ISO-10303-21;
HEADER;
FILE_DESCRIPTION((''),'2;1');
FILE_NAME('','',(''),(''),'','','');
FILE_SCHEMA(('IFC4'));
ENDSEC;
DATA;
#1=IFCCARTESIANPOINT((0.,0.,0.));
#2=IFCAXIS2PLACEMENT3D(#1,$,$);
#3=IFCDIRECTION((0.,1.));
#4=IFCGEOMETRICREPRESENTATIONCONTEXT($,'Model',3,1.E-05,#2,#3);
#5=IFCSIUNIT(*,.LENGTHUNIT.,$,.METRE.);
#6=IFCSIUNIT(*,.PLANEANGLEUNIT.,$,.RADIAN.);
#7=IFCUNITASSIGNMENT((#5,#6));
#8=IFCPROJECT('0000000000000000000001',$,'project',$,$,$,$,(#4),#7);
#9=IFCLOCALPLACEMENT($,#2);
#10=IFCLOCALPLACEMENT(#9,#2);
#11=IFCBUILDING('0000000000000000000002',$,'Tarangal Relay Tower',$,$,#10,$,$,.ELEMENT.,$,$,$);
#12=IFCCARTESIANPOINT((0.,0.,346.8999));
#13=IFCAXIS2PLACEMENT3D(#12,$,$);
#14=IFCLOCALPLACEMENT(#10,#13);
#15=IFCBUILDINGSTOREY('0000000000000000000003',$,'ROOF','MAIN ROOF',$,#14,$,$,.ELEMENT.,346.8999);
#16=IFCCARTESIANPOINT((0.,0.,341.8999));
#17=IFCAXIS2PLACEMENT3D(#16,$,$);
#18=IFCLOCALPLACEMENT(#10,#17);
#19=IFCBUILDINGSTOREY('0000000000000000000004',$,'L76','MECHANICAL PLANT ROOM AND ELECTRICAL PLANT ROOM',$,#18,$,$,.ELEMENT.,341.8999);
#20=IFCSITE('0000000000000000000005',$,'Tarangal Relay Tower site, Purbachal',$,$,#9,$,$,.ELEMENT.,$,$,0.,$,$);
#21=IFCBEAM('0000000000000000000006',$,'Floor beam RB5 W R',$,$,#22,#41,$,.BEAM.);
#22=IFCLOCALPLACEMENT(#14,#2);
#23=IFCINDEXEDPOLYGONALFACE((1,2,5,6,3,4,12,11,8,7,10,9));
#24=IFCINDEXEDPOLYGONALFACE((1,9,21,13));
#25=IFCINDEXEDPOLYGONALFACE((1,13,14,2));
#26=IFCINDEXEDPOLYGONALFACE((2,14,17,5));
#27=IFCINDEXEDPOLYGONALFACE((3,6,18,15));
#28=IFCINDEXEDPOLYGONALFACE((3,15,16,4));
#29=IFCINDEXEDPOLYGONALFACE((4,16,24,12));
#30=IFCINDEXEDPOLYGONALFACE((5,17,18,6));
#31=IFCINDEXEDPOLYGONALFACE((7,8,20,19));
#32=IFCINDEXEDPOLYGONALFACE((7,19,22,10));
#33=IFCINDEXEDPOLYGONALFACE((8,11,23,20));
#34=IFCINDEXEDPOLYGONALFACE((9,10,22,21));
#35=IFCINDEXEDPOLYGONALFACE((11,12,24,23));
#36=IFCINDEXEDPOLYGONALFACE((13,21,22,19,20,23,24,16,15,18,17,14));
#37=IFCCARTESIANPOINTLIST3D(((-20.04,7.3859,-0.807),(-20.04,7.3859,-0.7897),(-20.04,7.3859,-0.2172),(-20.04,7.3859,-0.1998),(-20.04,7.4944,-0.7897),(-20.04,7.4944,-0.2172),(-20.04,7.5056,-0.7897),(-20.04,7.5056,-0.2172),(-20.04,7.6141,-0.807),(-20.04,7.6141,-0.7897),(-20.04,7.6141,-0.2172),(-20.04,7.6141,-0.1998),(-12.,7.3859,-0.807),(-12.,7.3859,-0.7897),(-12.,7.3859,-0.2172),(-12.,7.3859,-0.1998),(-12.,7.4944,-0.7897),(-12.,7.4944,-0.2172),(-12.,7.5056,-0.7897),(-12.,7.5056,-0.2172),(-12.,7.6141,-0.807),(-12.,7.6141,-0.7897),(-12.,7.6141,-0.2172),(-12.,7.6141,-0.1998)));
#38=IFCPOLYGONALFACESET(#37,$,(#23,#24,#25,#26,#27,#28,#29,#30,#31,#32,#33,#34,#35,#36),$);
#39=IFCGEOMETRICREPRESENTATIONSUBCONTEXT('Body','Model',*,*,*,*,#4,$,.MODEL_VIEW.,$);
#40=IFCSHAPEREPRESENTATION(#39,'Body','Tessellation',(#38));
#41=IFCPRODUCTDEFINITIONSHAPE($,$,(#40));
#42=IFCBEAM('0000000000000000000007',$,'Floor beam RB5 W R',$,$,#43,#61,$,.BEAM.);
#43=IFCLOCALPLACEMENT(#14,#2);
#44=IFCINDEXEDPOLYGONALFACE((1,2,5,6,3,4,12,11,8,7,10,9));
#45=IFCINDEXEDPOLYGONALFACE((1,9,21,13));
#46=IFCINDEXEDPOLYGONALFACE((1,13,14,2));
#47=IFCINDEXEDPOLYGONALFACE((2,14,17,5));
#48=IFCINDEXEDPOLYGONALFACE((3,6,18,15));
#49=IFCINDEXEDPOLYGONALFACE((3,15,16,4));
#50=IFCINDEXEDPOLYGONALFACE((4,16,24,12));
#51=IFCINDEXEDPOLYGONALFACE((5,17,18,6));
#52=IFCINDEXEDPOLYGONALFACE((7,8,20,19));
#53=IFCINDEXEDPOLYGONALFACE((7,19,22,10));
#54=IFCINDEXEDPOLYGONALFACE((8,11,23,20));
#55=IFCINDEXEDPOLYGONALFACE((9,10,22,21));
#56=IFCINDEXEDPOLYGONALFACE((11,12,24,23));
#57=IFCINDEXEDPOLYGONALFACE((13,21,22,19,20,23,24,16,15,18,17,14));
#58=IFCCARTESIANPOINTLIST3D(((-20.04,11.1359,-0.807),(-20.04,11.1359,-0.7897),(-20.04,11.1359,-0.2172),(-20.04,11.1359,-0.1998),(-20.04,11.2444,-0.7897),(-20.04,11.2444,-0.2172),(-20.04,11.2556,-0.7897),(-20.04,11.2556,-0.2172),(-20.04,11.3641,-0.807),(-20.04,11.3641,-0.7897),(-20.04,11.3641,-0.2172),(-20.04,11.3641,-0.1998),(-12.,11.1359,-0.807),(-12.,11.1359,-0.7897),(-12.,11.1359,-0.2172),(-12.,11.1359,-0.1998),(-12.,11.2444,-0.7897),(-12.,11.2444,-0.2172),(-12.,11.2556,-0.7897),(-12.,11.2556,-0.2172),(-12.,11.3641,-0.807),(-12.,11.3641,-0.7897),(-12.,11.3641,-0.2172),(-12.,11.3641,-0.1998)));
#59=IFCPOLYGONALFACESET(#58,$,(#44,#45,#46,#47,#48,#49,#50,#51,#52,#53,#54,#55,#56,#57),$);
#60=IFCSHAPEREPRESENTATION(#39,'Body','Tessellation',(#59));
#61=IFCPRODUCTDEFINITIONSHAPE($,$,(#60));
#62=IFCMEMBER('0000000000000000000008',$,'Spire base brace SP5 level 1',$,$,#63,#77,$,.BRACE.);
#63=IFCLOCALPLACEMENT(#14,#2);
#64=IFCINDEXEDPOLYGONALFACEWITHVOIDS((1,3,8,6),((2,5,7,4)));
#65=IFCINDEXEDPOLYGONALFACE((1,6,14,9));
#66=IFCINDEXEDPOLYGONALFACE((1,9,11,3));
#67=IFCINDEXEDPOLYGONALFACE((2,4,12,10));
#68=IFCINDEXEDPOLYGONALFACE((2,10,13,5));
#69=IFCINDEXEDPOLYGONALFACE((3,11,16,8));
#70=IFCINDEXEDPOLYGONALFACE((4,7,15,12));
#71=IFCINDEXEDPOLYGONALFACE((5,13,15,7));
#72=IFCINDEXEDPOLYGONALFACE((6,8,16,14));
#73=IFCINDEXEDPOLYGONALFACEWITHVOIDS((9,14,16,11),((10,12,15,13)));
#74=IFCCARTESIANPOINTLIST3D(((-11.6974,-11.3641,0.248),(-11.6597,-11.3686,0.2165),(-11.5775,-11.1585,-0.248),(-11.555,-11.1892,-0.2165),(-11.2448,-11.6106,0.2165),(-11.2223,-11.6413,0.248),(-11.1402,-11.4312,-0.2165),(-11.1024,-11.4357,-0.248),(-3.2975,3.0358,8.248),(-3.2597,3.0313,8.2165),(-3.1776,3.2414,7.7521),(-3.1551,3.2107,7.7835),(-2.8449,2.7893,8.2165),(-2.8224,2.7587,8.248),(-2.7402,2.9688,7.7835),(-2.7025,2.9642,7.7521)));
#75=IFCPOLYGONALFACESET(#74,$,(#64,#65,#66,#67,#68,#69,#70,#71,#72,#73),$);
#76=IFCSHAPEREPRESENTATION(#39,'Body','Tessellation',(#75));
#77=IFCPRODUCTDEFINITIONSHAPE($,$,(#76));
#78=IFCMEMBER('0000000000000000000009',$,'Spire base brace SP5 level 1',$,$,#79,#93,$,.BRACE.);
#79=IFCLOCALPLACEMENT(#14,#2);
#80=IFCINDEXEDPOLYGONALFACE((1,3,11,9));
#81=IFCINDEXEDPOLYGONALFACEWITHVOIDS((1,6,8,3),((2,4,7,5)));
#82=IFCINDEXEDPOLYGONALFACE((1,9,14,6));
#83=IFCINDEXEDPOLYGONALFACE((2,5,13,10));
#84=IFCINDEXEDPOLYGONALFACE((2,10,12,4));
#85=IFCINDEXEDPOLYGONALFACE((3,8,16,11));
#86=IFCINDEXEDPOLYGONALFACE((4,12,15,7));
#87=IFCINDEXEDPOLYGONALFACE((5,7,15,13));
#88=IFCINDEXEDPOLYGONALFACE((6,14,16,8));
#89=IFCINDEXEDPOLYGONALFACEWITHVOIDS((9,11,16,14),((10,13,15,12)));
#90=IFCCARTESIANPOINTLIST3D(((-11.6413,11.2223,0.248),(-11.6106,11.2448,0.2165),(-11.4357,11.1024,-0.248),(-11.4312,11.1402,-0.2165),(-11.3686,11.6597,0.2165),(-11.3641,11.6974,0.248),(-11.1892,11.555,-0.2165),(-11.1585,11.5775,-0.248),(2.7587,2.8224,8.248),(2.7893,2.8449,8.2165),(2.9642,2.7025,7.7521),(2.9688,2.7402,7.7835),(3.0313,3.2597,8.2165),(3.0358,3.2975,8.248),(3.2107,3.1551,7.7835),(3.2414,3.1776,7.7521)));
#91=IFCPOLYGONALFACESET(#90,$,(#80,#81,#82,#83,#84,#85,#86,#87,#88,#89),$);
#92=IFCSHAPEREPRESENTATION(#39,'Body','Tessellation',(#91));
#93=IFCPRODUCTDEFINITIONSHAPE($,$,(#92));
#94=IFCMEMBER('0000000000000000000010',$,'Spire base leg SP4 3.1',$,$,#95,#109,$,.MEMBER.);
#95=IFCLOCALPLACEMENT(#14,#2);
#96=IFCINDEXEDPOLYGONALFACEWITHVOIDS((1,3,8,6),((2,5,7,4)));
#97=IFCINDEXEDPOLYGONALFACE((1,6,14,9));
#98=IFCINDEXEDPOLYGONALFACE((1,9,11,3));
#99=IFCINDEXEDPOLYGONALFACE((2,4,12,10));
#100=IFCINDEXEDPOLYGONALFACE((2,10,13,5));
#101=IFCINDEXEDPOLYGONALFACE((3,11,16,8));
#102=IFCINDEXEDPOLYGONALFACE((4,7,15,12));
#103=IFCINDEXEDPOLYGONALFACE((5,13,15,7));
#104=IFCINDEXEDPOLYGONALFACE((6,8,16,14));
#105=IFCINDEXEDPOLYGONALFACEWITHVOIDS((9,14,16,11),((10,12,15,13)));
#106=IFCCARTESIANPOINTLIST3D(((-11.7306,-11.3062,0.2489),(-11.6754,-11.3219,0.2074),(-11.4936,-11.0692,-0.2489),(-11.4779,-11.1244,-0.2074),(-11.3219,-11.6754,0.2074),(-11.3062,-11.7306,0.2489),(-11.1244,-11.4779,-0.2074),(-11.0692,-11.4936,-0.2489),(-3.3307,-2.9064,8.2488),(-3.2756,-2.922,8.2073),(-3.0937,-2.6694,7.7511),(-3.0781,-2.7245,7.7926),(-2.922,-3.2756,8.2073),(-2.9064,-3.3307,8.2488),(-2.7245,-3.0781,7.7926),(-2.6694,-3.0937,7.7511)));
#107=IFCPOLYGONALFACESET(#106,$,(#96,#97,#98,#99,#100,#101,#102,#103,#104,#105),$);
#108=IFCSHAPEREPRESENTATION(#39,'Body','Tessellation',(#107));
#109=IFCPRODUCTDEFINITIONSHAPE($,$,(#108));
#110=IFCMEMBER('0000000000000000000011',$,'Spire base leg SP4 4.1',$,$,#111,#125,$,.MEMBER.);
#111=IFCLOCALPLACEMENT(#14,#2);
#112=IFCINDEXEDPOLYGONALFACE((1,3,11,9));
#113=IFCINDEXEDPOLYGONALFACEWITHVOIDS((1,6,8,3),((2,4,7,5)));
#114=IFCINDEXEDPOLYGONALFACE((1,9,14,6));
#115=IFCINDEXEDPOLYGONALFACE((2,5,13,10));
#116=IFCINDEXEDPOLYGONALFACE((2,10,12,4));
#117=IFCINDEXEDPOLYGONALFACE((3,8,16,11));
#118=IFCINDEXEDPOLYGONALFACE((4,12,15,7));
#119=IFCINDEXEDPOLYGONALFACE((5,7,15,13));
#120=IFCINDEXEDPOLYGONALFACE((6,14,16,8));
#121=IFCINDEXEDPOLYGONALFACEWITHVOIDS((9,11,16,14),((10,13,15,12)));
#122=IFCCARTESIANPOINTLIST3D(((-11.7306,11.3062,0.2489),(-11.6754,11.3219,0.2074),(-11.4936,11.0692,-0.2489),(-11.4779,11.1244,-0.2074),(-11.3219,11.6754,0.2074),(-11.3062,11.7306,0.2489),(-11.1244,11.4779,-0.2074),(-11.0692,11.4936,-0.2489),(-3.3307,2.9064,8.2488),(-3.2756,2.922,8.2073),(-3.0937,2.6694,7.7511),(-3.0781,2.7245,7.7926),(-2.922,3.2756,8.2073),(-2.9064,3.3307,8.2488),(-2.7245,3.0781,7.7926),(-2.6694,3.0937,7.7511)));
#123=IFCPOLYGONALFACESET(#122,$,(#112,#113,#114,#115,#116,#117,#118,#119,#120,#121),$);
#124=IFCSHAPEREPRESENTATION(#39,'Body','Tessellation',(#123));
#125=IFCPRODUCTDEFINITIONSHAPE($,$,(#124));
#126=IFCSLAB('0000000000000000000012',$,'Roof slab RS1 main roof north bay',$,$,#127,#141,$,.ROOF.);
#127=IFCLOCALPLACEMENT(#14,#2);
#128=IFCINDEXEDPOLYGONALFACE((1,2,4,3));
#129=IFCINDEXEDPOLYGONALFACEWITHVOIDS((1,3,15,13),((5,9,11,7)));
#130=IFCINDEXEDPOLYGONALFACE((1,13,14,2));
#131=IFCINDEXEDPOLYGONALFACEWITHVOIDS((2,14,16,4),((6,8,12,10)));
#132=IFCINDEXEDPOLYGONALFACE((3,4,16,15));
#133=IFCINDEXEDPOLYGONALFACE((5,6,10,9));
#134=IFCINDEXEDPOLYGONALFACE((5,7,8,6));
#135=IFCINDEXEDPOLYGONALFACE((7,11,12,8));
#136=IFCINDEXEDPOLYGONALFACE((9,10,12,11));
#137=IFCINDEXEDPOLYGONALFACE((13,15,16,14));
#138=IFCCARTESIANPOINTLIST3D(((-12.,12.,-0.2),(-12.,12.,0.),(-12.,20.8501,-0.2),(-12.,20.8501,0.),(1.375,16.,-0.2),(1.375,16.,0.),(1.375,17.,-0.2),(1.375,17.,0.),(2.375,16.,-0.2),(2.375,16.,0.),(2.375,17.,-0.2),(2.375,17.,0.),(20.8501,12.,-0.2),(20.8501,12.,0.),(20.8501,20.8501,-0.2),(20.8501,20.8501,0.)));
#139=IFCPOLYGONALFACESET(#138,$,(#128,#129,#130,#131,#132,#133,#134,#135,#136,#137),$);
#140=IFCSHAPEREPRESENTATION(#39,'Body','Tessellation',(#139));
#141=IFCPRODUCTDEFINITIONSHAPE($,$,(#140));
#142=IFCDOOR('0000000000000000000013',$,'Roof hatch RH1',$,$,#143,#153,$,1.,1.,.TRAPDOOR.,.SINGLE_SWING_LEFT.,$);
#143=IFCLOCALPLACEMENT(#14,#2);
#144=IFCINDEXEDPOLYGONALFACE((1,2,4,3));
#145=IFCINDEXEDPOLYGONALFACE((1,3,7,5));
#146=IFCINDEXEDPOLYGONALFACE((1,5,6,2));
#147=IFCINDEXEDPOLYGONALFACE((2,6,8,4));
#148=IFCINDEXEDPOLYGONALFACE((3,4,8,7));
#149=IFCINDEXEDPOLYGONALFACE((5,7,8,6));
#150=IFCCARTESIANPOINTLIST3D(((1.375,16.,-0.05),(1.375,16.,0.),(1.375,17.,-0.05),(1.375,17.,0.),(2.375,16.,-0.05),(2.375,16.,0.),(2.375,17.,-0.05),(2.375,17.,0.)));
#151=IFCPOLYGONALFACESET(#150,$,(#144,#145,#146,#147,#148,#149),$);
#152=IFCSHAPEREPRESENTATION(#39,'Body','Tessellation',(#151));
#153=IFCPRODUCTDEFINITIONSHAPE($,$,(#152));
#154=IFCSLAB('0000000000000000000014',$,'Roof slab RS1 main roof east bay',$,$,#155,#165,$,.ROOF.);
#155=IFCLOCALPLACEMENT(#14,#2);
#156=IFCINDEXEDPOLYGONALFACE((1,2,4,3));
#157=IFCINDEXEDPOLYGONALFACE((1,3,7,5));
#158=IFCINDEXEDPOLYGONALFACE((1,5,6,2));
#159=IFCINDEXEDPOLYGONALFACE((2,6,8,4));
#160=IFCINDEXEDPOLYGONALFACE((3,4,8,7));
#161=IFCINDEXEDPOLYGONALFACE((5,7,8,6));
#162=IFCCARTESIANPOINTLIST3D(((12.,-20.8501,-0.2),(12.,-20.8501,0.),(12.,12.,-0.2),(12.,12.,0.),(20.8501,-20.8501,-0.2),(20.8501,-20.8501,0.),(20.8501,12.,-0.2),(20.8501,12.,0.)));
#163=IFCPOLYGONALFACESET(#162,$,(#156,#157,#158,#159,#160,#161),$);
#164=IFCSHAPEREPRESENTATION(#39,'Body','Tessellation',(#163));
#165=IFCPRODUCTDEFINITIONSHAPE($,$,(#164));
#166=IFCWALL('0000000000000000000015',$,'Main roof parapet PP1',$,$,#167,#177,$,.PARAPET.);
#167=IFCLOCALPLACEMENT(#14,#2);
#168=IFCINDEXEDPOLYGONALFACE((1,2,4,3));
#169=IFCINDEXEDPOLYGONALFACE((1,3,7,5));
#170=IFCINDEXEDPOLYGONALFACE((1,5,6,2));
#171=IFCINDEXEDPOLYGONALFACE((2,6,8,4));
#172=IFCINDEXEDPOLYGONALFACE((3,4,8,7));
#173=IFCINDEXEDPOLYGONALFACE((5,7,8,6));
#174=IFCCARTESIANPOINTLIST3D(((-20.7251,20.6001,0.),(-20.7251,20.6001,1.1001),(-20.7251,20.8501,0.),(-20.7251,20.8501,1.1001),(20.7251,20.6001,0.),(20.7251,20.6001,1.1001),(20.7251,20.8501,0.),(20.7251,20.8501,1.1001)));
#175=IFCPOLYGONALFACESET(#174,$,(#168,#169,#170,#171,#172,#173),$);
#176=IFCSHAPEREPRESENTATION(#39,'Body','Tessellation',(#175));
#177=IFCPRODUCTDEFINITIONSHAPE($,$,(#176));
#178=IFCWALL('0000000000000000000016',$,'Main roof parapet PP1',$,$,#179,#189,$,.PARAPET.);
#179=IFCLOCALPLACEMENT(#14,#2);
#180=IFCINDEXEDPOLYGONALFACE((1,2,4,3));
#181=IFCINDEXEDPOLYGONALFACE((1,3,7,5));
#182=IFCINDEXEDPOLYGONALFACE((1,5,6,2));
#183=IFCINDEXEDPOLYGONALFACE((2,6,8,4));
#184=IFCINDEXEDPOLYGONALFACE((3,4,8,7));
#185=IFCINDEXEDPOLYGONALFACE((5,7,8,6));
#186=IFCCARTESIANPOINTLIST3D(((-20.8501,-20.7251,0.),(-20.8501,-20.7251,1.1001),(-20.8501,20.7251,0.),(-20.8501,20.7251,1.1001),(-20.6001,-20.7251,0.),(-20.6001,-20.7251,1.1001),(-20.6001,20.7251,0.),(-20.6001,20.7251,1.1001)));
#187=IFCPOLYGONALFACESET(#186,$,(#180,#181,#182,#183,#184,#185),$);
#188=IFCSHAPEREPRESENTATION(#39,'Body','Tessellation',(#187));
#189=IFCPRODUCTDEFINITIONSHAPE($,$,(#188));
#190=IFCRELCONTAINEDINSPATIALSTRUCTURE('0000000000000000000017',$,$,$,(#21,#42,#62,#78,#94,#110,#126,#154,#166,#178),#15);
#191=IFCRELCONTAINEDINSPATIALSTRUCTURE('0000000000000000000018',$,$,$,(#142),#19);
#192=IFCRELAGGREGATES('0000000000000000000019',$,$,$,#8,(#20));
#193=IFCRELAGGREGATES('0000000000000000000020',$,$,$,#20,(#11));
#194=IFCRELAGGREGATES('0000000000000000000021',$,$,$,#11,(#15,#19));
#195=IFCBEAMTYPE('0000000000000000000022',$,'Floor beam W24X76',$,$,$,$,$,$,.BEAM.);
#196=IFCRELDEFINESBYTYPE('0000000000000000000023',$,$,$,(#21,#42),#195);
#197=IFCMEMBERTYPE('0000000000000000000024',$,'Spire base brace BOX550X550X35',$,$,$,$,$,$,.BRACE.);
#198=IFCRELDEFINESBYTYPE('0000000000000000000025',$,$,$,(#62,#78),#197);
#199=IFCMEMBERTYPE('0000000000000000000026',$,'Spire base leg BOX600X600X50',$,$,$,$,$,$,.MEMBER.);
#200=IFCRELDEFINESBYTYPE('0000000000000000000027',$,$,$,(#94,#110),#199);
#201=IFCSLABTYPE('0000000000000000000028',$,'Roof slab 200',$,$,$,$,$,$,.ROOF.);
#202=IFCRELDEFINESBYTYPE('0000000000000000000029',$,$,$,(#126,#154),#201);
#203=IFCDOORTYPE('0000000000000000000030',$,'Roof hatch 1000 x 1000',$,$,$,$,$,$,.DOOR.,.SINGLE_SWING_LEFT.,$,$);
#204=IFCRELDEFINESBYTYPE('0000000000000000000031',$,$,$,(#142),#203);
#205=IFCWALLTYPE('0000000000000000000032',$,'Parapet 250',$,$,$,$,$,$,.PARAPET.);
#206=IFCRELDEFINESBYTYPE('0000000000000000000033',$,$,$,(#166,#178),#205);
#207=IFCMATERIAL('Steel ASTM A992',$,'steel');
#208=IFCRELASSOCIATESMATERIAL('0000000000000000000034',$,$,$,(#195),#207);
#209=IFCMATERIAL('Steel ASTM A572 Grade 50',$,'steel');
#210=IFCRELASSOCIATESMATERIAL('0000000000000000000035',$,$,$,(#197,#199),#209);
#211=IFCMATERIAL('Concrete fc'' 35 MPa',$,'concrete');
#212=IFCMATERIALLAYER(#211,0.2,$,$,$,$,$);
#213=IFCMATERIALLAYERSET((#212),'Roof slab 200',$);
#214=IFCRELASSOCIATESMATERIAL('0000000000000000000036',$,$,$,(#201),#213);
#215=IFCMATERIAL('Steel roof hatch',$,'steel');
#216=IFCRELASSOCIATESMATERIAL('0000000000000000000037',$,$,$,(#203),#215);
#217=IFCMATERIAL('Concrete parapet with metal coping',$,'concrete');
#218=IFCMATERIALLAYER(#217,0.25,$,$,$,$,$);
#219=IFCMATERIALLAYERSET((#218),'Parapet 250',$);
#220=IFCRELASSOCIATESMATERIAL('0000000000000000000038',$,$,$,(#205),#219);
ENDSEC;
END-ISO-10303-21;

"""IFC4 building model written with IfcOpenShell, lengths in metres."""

from ifc_helpers import new_model, si_unit, direction, frame, frame_2d, origin, origin_2d, place, context, subcontext, project, spatial, polyline, rectangle, hollow_rectangle, i_section, outline, extrude, material, layer, layer_set, material_profile, profile_set, type_object, element, fill, save


model = new_model("IFC4")

# Units and contexts
model_context = context("Model", 3, precision=1e-05, world=origin(), true_north=direction((0.0, 1.0)))
body_context = subcontext(model_context, "Body", "Model", "MODEL_VIEW")
ifc_project = project(units=[si_unit("LENGTHUNIT", "METRE"), si_unit("PLANEANGLEUNIT", "RADIAN")], contexts=[model_context])

# Site, building, storey
site_placement = place(None, origin())
site = spatial("IfcSite", under=ifc_project, at=site_placement, Name="Tarangal Relay Tower site, Purbachal", CompositionType="ELEMENT", RefElevation=0.0)
building_placement = place(site_placement, origin())
building = spatial("IfcBuilding", under=site, at=building_placement, Name="Tarangal Relay Tower", CompositionType="ELEMENT")
storey_1_placement = place(building_placement, frame((0.0, 0.0, 346.8999)))
storey_1 = spatial("IfcBuildingStorey", under=building, at=storey_1_placement, Name="ROOF", Description="MAIN ROOF", CompositionType="ELEMENT", Elevation=346.8999)

# Beams
ifc_material_1 = material(Name="Steel ASTM A992", Category="steel")
ifc_material_profile_1 = material_profile(ifc_material_1, i_section(OverallWidth=0.2283, OverallDepth=0.6072, WebThickness=0.0112, FlangeThickness=0.0173, at=origin_2d()), Name="W24X76")
ifc_profile_set_1 = profile_set([ifc_material_profile_1], Name="Steel ASTM A992")
beam_type_1 = type_object("IfcBeamType", Name="Floor beam W24X76", PredefinedType="BEAM", material=ifc_profile_set_1)
for number, where, z_axis, x_axis, name in (
    (1, (-12.0, 7.5, -0.5034), (-1.0, 0.0, 0.0), (0.0, -1.0, 0.0), "Floor beam RB5 W R"),
    (2, (-12.0, 11.25, -0.5034), (-1.0, 0.0, 0.0), (0.0, -1.0, 0.0), "Floor beam RB5 W R"),
):
    element("IfcBeam", number, at=place(storey_1_placement, frame(where, z_axis=z_axis, x_axis=x_axis)), inside=storey_1, type_object=beam_type_1, Name=name, PredefinedType="BEAM", context=body_context, shape_type="SweptSolid", body=[
        extrude(i_section(OverallWidth=0.2283, OverallDepth=0.6072, WebThickness=0.0112, FlangeThickness=0.0173, at=origin_2d()), origin(), (0.0, 0.0, 1.0), 8.04),
    ])

# Members
ifc_material_2 = material(Name="Steel ASTM A572 Grade 50", Category="steel")
ifc_material_profile_2 = material_profile(ifc_material_2, hollow_rectangle(XDim=0.55, YDim=0.55, WallThickness=0.0349, at=origin_2d()), Name="BOX550X550X35")
ifc_profile_set_2 = profile_set([ifc_material_profile_2], Name="Steel ASTM A572 Grade 50")
member_type_1 = type_object("IfcMemberType", Name="Spire base brace BOX550X550X35", PredefinedType="BRACE", material=ifc_profile_set_2)
for number, where, z_axis, x_axis, name in (
    (3, (-11.3999, -11.3999, 0.0), (0.454271, 0.778754, 0.432644), (-0.86378, 0.503869, 0.0), "Spire base brace SP5 level 1"),
    (4, (-11.3999, 11.3999, 0.0), (0.778754, -0.454271, 0.432644), (0.503869, 0.86378, 0.0), "Spire base brace SP5 level 1"),
):
    element("IfcMember", number, at=place(storey_1_placement, frame(where, z_axis=z_axis, x_axis=x_axis)), inside=storey_1, type_object=member_type_1, Name=name, PredefinedType="BRACE", context=body_context, shape_type="SweptSolid", body=[
        extrude(hollow_rectangle(XDim=0.55, YDim=0.55, WallThickness=0.0349, at=origin_2d()), origin(), (0.0, 0.0, 1.0), 18.491),
    ])
ifc_material_profile_3 = material_profile(ifc_material_2, hollow_rectangle(XDim=0.6001, YDim=0.6001, WallThickness=0.05, at=origin_2d()), Name="BOX600X600X50")
ifc_profile_set_3 = profile_set([ifc_material_profile_3], Name="Steel ASTM A572 Grade 50")
member_type_2 = type_object("IfcMemberType", Name="Spire base leg BOX600X600X50", PredefinedType="MEMBER", material=ifc_profile_set_3)
for number, where, z_axis, x_axis, name in (
    (5, (-11.3999, -11.3999, 0.0), (0.586508, 0.586508, 0.558585), (-0.707107, 0.707107, 0.0), "Spire base leg SP4 3.1"),
    (6, (-11.3999, 11.3999, 0.0), (0.586508, -0.586508, 0.558585), (0.707107, 0.707107, 0.0), "Spire base leg SP4 4.1"),
):
    element("IfcMember", number, at=place(storey_1_placement, frame(where, z_axis=z_axis, x_axis=x_axis)), inside=storey_1, type_object=member_type_2, Name=name, PredefinedType="MEMBER", context=body_context, shape_type="SweptSolid", body=[
        extrude(hollow_rectangle(XDim=0.6001, YDim=0.6001, WallThickness=0.05, at=origin_2d()), origin(), (0.0, 0.0, 1.0), 14.3218),
    ])

# Slab, opening
ifc_material_3 = material(Name="Concrete fc' 35 MPa", Category="concrete")
ifc_layer_1 = layer(ifc_material_3, 0.2)
ifc_layer_set_1 = layer_set([ifc_layer_1], Name="Roof slab 200")
slab_type = type_object("IfcSlabType", Name="Roof slab 200", PredefinedType="ROOF", material=ifc_layer_set_1)
slab_1_placement = place(storey_1_placement, frame((0.0, 0.0, -0.2)))
slab_1 = element("IfcSlab", 7, at=slab_1_placement, inside=storey_1, type_object=slab_type, Name="Roof slab RS1 main roof north bay", PredefinedType="ROOF", context=body_context, shape_type="SweptSolid", body=[
    extrude(outline(polyline([(20.8501, 20.8501), (20.8501, 12.0), (-12.0, 12.0), (-12.0, 20.8501), (20.8501, 20.8501)])), origin(), (0.0, 0.0, 1.0), 0.2),
])
opening_placement = place(slab_1_placement, frame((1.875, 16.5, 0.0)))
opening = element("IfcOpeningElement", 8, at=opening_placement, cuts=slab_1, PredefinedType="OPENING", context=body_context, shape_type="SweptSolid", body=[
    extrude(rectangle(XDim=1.0, YDim=1.0, at=origin_2d()), frame((0.0, 0.0, -0.01)), (0.0, 0.0, 1.0), 0.22),
])

# Shared definitions
storey_2_placement = place(building_placement, frame((0.0, 0.0, 341.8999)))
storey_2 = spatial("IfcBuildingStorey", under=building, at=storey_2_placement, Name="L76", Description="MECHANICAL PLANT ROOM AND ELECTRICAL PLANT ROOM", CompositionType="ELEMENT", Elevation=341.8999)

# Door
ifc_material_4 = material(Name="Steel roof hatch", Category="steel")
door_type = type_object("IfcDoorType", Name="Roof hatch 1000 x 1000", OperationType="SINGLE_SWING_LEFT", PredefinedType="DOOR", material=ifc_material_4)
door_placement = place(opening_placement, frame((0.0, 0.0, 0.1499)))
door = element("IfcDoor", 9, at=door_placement, inside=storey_2, type_object=door_type, Name="Roof hatch RH1", OperationType="SINGLE_SWING_LEFT", OverallHeight=1.0, OverallWidth=1.0, PredefinedType="TRAPDOOR", context=body_context, shape_type="SweptSolid", body=[
    extrude(rectangle(XDim=1.0, YDim=1.0, at=origin_2d()), origin(), (0.0, 0.0, 1.0), 0.05),
])
fill(opening, door)

# Slab
slab_2_placement = place(storey_1_placement, frame((0.0, 0.0, -0.2)))
element("IfcSlab", 10, at=slab_2_placement, inside=storey_1, type_object=slab_type, Name="Roof slab RS1 main roof east bay", PredefinedType="ROOF", context=body_context, shape_type="SweptSolid", body=[
    extrude(outline(polyline([(20.8501, -20.8501), (12.0, -20.8501), (12.0, 12.0), (20.8501, 12.0), (20.8501, -20.8501)])), origin(), (0.0, 0.0, 1.0), 0.2),
])

# Walls
ifc_material_5 = material(Name="Concrete parapet with metal coping", Category="concrete")
ifc_layer_2 = layer(ifc_material_5, 0.25)
ifc_layer_set_2 = layer_set([ifc_layer_2], Name="Parapet 250")
wall_type = type_object("IfcWallType", Name="Parapet 250", PredefinedType="PARAPET", material=ifc_layer_set_2)
for number, where, z_axis, x_axis, name in (
    (11, (-20.7251, 20.7251, 0.0), (0.0, 0.0, 1.0), (1.0, 0.0, 0.0), "Main roof parapet PP1"),
    (12, (-20.7251, -20.7251, 0.0), (0.0, 0.0, 1.0), (0.0, 1.0, 0.0), "Main roof parapet PP1"),
):
    element("IfcWall", number, at=place(storey_1_placement, frame(where, z_axis=z_axis, x_axis=x_axis)), inside=storey_1, type_object=wall_type, Name=name, PredefinedType="PARAPET", context=body_context, shape_type="SweptSolid", body=[
        extrude(rectangle(XDim=41.4502, YDim=0.25, at=frame_2d((20.7251, 0.0))), origin(), (0.0, 0.0, 1.0), 1.1001),
    ])

save(model, "model.ifc")
